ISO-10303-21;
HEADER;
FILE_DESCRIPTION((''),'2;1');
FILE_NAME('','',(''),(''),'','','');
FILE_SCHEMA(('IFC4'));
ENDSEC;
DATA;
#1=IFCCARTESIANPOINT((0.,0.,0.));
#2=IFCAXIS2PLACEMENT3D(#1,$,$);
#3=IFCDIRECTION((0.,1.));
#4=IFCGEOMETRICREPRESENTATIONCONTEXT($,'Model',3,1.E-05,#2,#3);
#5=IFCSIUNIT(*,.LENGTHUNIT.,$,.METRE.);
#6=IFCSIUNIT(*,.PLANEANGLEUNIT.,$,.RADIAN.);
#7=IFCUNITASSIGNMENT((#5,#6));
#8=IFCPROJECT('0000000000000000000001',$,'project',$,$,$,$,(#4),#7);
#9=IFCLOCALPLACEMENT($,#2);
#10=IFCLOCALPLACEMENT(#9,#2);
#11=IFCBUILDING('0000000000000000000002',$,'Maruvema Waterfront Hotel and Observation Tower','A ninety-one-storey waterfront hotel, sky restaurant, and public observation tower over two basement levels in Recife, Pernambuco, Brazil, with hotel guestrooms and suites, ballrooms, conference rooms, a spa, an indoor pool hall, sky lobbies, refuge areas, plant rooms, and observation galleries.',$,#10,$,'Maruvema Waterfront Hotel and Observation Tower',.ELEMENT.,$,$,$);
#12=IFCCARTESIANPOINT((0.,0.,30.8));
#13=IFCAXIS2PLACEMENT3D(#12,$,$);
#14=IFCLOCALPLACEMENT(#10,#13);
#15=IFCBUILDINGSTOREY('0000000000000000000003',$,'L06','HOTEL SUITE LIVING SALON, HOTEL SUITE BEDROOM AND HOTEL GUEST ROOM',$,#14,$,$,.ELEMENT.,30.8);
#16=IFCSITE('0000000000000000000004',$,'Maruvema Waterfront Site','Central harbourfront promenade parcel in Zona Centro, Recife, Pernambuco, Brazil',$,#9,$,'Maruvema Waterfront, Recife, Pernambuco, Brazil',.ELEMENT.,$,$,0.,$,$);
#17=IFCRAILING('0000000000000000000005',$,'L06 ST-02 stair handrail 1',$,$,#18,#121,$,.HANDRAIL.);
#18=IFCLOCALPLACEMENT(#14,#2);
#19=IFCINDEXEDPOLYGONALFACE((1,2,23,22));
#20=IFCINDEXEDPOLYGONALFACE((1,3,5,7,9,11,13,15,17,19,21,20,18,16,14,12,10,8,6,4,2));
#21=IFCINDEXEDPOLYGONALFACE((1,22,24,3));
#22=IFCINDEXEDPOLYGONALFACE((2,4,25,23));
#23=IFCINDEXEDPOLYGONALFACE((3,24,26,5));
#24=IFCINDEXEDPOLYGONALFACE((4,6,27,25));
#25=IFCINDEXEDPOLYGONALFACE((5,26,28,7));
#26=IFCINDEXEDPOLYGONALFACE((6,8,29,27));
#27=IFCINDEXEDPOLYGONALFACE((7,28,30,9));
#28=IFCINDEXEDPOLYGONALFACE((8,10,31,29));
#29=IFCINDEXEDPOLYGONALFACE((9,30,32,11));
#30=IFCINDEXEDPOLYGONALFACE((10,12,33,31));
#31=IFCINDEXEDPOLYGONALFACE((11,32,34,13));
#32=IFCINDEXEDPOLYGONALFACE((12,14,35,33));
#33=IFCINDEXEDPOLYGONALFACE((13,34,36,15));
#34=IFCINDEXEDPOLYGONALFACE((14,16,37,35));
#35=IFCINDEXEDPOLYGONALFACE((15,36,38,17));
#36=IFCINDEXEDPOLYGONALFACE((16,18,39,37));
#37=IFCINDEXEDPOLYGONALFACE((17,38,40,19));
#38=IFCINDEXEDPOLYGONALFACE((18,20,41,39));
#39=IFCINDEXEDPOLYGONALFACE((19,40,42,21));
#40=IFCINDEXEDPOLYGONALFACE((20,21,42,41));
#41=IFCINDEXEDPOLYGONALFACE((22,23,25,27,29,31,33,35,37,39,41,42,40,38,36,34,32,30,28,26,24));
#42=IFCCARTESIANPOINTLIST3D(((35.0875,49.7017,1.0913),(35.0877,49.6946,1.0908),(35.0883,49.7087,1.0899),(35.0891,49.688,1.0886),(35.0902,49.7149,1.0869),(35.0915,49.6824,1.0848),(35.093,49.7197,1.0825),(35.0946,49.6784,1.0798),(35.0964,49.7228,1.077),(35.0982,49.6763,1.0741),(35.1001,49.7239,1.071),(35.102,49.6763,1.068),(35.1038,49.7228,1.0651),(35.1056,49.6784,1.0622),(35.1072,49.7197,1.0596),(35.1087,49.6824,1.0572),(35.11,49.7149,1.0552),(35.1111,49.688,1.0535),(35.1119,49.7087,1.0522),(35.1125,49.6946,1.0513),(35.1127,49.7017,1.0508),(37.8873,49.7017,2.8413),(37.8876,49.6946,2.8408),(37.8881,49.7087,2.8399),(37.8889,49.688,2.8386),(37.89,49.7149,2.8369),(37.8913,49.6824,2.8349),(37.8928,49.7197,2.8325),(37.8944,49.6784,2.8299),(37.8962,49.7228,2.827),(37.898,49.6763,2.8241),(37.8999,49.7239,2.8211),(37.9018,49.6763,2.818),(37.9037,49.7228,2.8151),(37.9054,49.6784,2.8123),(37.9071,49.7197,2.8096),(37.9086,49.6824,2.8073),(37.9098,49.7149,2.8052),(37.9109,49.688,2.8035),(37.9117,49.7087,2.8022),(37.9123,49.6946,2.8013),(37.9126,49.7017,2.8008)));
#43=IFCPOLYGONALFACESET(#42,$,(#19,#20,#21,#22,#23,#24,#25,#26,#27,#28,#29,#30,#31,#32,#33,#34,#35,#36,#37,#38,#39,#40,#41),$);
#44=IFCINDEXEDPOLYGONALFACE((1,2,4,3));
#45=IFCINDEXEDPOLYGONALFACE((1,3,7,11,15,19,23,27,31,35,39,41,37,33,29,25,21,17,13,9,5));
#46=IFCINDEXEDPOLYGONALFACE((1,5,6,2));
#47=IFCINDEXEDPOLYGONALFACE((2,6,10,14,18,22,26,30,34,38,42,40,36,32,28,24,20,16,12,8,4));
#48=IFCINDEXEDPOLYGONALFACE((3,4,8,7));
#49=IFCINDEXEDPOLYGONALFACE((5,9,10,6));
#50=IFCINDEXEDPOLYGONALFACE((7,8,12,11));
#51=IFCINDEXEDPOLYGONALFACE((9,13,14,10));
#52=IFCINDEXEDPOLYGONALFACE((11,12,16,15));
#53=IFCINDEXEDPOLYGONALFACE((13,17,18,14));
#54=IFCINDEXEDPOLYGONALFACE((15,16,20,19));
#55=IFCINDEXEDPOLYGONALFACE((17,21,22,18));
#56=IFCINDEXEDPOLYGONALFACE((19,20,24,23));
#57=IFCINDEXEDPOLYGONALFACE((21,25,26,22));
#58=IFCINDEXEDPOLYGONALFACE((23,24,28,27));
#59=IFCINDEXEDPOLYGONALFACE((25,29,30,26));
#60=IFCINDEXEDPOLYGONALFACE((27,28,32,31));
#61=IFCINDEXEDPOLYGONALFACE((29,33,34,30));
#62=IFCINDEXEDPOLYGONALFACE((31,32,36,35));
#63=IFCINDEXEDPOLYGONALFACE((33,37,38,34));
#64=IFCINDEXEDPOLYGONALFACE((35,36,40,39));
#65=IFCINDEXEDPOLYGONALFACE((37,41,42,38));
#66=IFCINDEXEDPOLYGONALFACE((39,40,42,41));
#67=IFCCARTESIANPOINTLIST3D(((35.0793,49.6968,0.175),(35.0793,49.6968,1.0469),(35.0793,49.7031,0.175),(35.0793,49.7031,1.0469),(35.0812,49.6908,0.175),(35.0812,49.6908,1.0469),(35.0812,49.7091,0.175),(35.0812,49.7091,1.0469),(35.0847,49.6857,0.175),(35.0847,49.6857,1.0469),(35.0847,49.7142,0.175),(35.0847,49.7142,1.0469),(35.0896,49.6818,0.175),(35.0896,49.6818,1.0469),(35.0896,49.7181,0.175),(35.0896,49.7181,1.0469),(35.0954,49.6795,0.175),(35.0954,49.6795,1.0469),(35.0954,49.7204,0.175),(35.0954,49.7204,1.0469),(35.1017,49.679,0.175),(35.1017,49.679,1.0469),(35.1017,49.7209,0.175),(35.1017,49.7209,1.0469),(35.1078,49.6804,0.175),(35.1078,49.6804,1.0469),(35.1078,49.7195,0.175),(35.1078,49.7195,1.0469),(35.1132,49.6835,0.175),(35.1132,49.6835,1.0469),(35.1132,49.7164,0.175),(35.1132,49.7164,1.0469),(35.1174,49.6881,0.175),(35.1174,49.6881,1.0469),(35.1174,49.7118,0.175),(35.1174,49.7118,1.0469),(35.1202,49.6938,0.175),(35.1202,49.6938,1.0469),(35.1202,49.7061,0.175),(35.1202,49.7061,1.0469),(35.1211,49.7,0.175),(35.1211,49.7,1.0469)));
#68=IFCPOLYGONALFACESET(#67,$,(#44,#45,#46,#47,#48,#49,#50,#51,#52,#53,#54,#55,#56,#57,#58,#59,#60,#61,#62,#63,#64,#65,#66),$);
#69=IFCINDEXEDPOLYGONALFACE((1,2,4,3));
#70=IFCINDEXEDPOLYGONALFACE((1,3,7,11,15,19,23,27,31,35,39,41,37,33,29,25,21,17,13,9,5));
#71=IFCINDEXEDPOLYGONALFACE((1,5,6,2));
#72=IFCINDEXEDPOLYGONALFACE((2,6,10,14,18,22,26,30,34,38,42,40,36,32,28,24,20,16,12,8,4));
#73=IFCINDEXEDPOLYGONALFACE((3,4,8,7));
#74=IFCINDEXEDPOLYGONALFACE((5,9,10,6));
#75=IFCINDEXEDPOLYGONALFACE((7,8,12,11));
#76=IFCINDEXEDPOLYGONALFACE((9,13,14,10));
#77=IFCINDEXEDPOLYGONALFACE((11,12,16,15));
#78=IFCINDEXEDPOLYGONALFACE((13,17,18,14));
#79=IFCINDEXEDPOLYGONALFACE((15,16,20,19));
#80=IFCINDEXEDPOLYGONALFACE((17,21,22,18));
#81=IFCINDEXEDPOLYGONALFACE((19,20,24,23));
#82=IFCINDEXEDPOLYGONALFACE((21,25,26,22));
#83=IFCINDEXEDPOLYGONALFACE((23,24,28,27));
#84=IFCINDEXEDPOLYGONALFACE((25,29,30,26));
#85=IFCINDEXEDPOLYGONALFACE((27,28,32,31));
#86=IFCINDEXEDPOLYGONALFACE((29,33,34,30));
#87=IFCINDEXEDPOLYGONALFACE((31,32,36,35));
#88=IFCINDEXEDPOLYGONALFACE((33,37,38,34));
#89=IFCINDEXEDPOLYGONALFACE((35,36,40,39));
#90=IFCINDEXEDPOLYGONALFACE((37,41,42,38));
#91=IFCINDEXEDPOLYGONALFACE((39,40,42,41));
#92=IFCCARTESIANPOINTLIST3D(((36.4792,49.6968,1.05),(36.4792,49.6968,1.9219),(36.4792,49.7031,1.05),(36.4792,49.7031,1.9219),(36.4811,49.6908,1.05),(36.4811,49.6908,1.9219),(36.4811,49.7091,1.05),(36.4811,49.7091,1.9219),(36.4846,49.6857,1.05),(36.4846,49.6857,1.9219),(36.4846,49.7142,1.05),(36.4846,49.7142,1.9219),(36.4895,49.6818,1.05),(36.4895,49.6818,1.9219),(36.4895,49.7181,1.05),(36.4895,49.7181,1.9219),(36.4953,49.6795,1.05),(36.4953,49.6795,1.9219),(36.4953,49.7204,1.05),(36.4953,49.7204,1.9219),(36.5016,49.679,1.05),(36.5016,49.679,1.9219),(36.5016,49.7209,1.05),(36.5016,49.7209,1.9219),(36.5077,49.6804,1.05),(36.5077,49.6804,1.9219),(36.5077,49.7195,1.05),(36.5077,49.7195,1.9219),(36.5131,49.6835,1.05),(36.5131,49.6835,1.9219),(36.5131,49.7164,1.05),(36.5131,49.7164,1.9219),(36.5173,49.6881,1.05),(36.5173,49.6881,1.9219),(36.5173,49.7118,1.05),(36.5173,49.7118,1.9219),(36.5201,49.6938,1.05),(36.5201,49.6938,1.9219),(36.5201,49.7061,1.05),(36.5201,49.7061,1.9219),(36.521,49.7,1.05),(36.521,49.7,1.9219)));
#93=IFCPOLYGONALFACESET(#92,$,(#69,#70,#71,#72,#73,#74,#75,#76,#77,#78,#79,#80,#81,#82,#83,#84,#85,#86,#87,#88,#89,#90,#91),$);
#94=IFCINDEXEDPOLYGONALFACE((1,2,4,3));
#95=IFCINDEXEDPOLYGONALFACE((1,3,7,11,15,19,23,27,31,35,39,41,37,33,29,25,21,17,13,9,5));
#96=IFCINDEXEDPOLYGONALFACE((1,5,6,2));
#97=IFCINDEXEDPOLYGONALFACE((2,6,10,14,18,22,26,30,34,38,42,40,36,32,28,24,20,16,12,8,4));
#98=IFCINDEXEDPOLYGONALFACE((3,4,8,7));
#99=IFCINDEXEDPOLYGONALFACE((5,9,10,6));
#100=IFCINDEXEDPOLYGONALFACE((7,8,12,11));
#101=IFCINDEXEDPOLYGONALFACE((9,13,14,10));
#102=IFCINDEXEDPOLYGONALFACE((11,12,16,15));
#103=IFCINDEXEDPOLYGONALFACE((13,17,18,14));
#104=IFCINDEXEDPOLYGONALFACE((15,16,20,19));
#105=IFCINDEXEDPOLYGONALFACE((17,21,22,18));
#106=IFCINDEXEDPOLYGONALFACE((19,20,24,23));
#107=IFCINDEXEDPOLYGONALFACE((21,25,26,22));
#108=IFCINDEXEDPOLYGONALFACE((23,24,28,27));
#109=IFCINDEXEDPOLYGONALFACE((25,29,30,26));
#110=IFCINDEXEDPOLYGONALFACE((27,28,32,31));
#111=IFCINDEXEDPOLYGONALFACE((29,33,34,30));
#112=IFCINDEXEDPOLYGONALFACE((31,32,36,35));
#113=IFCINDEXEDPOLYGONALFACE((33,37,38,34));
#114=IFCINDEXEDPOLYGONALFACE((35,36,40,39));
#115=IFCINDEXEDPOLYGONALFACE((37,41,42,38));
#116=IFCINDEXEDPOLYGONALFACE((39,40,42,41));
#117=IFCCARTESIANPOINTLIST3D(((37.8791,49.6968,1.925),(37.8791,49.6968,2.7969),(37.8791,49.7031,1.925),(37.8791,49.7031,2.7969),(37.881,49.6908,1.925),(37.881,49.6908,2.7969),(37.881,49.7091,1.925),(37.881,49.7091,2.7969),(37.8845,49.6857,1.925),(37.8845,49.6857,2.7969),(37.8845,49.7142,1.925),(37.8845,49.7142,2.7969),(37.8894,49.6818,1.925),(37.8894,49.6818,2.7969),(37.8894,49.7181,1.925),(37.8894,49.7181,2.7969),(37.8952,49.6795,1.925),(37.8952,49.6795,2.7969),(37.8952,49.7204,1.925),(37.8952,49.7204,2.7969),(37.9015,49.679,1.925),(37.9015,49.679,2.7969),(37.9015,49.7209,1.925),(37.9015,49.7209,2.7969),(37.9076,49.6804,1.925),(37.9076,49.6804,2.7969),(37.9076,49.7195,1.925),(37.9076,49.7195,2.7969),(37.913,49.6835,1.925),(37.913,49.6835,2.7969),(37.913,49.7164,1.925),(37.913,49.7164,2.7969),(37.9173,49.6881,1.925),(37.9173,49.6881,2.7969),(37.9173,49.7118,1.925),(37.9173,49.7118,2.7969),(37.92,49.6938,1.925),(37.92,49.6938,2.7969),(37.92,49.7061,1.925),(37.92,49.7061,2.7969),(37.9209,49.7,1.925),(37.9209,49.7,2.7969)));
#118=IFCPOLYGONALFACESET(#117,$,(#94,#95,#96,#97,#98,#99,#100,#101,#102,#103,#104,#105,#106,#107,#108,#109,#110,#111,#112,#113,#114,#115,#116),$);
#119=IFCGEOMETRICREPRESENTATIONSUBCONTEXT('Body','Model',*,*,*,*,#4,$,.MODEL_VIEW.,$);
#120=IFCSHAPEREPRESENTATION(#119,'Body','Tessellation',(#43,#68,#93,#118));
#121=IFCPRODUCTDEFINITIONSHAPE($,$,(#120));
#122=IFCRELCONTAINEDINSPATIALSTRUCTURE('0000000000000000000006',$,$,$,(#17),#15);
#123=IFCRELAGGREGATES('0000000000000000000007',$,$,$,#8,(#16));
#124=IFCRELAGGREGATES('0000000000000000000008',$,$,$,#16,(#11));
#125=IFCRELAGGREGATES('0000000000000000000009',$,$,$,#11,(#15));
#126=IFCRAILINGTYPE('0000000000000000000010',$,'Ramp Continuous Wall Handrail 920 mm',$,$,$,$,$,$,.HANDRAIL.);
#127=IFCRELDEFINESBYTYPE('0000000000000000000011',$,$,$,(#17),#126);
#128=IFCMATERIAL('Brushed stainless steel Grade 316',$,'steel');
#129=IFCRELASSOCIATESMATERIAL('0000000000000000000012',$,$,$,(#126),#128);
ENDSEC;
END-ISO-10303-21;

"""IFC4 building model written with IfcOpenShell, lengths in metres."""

from ifc_helpers import new_model, si_unit, direction, frame, origin, origin_2d, place, context, subcontext, project, spatial, circle, extrude, material, type_object, element, save


model = new_model("IFC4")

# Units and contexts
model_context = context("Model", 3, precision=1e-05, world=origin(), true_north=direction((0.0, 1.0)))
body_context = subcontext(model_context, "Body", "Model", "MODEL_VIEW")
ifc_project = project(units=[si_unit("LENGTHUNIT", "METRE"), si_unit("PLANEANGLEUNIT", "RADIAN")], contexts=[model_context])

# Site, building, storey
site_placement = place(None, origin())
site = spatial("IfcSite", under=ifc_project, at=site_placement, Name="Maruvema Waterfront Site", Description="Central harbourfront promenade parcel in Zona Centro, Recife, Pernambuco, Brazil", LongName="Maruvema Waterfront, Recife, Pernambuco, Brazil", CompositionType="ELEMENT", RefElevation=0.0)
building_placement = place(site_placement, origin())
building = spatial("IfcBuilding", under=site, at=building_placement, Name="Maruvema Waterfront Hotel and Observation Tower", Description="A ninety-one-storey waterfront hotel, sky restaurant, and public observation tower over two basement levels in Recife, Pernambuco, Brazil, with hotel guestrooms and suites, ballrooms, conference rooms, a spa, an indoor pool hall, sky lobbies, refuge areas, plant rooms, and observation galleries.", LongName="Maruvema Waterfront Hotel and Observation Tower", CompositionType="ELEMENT")
storey_placement = place(building_placement, frame((0.0, 0.0, 30.8)))
storey = spatial("IfcBuildingStorey", under=building, at=storey_placement, Name="L06", Description="HOTEL SUITE LIVING SALON, HOTEL SUITE BEDROOM AND HOTEL GUEST ROOM", CompositionType="ELEMENT", Elevation=30.8)

# Railing
ifc_material_1 = material(Name="Brushed stainless steel Grade 316", Category="steel")
railing_type_1 = type_object("IfcRailingType", Name="Ramp Continuous Wall Handrail 920 mm", PredefinedType="HANDRAIL", material=ifc_material_1)
railing_1_placement = place(storey_placement, frame((35.1001, 49.7, 0.175)))
element("IfcRailing", 1, at=railing_1_placement, inside=storey, type_object=railing_type_1, Name="L06 ST-02 stair handrail 1", PredefinedType="HANDRAIL", context=body_context, shape_type="SweptSolid", body=[
    extrude(circle(Radius=0.0239, at=origin_2d()), frame((0.0, 0.0, 0.896), z_axis=(0.847982, 0.0, 0.530026), x_axis=(0.0, 1.0, 0.0)), (0.0, 0.0, 1.0), 3.3018),
    extrude(circle(Radius=0.021, at=origin_2d()), origin(), (0.0, 0.0, 1.0), 0.8718),
    extrude(circle(Radius=0.021, at=origin_2d()), frame((1.3999, 0.0, 0.875)), (0.0, 0.0, 1.0), 0.8718),
    extrude(circle(Radius=0.021, at=origin_2d()), frame((2.7998, 0.0, 1.75)), (0.0, 0.0, 1.0), 0.8718),
])

save(model, "model.ifc")
